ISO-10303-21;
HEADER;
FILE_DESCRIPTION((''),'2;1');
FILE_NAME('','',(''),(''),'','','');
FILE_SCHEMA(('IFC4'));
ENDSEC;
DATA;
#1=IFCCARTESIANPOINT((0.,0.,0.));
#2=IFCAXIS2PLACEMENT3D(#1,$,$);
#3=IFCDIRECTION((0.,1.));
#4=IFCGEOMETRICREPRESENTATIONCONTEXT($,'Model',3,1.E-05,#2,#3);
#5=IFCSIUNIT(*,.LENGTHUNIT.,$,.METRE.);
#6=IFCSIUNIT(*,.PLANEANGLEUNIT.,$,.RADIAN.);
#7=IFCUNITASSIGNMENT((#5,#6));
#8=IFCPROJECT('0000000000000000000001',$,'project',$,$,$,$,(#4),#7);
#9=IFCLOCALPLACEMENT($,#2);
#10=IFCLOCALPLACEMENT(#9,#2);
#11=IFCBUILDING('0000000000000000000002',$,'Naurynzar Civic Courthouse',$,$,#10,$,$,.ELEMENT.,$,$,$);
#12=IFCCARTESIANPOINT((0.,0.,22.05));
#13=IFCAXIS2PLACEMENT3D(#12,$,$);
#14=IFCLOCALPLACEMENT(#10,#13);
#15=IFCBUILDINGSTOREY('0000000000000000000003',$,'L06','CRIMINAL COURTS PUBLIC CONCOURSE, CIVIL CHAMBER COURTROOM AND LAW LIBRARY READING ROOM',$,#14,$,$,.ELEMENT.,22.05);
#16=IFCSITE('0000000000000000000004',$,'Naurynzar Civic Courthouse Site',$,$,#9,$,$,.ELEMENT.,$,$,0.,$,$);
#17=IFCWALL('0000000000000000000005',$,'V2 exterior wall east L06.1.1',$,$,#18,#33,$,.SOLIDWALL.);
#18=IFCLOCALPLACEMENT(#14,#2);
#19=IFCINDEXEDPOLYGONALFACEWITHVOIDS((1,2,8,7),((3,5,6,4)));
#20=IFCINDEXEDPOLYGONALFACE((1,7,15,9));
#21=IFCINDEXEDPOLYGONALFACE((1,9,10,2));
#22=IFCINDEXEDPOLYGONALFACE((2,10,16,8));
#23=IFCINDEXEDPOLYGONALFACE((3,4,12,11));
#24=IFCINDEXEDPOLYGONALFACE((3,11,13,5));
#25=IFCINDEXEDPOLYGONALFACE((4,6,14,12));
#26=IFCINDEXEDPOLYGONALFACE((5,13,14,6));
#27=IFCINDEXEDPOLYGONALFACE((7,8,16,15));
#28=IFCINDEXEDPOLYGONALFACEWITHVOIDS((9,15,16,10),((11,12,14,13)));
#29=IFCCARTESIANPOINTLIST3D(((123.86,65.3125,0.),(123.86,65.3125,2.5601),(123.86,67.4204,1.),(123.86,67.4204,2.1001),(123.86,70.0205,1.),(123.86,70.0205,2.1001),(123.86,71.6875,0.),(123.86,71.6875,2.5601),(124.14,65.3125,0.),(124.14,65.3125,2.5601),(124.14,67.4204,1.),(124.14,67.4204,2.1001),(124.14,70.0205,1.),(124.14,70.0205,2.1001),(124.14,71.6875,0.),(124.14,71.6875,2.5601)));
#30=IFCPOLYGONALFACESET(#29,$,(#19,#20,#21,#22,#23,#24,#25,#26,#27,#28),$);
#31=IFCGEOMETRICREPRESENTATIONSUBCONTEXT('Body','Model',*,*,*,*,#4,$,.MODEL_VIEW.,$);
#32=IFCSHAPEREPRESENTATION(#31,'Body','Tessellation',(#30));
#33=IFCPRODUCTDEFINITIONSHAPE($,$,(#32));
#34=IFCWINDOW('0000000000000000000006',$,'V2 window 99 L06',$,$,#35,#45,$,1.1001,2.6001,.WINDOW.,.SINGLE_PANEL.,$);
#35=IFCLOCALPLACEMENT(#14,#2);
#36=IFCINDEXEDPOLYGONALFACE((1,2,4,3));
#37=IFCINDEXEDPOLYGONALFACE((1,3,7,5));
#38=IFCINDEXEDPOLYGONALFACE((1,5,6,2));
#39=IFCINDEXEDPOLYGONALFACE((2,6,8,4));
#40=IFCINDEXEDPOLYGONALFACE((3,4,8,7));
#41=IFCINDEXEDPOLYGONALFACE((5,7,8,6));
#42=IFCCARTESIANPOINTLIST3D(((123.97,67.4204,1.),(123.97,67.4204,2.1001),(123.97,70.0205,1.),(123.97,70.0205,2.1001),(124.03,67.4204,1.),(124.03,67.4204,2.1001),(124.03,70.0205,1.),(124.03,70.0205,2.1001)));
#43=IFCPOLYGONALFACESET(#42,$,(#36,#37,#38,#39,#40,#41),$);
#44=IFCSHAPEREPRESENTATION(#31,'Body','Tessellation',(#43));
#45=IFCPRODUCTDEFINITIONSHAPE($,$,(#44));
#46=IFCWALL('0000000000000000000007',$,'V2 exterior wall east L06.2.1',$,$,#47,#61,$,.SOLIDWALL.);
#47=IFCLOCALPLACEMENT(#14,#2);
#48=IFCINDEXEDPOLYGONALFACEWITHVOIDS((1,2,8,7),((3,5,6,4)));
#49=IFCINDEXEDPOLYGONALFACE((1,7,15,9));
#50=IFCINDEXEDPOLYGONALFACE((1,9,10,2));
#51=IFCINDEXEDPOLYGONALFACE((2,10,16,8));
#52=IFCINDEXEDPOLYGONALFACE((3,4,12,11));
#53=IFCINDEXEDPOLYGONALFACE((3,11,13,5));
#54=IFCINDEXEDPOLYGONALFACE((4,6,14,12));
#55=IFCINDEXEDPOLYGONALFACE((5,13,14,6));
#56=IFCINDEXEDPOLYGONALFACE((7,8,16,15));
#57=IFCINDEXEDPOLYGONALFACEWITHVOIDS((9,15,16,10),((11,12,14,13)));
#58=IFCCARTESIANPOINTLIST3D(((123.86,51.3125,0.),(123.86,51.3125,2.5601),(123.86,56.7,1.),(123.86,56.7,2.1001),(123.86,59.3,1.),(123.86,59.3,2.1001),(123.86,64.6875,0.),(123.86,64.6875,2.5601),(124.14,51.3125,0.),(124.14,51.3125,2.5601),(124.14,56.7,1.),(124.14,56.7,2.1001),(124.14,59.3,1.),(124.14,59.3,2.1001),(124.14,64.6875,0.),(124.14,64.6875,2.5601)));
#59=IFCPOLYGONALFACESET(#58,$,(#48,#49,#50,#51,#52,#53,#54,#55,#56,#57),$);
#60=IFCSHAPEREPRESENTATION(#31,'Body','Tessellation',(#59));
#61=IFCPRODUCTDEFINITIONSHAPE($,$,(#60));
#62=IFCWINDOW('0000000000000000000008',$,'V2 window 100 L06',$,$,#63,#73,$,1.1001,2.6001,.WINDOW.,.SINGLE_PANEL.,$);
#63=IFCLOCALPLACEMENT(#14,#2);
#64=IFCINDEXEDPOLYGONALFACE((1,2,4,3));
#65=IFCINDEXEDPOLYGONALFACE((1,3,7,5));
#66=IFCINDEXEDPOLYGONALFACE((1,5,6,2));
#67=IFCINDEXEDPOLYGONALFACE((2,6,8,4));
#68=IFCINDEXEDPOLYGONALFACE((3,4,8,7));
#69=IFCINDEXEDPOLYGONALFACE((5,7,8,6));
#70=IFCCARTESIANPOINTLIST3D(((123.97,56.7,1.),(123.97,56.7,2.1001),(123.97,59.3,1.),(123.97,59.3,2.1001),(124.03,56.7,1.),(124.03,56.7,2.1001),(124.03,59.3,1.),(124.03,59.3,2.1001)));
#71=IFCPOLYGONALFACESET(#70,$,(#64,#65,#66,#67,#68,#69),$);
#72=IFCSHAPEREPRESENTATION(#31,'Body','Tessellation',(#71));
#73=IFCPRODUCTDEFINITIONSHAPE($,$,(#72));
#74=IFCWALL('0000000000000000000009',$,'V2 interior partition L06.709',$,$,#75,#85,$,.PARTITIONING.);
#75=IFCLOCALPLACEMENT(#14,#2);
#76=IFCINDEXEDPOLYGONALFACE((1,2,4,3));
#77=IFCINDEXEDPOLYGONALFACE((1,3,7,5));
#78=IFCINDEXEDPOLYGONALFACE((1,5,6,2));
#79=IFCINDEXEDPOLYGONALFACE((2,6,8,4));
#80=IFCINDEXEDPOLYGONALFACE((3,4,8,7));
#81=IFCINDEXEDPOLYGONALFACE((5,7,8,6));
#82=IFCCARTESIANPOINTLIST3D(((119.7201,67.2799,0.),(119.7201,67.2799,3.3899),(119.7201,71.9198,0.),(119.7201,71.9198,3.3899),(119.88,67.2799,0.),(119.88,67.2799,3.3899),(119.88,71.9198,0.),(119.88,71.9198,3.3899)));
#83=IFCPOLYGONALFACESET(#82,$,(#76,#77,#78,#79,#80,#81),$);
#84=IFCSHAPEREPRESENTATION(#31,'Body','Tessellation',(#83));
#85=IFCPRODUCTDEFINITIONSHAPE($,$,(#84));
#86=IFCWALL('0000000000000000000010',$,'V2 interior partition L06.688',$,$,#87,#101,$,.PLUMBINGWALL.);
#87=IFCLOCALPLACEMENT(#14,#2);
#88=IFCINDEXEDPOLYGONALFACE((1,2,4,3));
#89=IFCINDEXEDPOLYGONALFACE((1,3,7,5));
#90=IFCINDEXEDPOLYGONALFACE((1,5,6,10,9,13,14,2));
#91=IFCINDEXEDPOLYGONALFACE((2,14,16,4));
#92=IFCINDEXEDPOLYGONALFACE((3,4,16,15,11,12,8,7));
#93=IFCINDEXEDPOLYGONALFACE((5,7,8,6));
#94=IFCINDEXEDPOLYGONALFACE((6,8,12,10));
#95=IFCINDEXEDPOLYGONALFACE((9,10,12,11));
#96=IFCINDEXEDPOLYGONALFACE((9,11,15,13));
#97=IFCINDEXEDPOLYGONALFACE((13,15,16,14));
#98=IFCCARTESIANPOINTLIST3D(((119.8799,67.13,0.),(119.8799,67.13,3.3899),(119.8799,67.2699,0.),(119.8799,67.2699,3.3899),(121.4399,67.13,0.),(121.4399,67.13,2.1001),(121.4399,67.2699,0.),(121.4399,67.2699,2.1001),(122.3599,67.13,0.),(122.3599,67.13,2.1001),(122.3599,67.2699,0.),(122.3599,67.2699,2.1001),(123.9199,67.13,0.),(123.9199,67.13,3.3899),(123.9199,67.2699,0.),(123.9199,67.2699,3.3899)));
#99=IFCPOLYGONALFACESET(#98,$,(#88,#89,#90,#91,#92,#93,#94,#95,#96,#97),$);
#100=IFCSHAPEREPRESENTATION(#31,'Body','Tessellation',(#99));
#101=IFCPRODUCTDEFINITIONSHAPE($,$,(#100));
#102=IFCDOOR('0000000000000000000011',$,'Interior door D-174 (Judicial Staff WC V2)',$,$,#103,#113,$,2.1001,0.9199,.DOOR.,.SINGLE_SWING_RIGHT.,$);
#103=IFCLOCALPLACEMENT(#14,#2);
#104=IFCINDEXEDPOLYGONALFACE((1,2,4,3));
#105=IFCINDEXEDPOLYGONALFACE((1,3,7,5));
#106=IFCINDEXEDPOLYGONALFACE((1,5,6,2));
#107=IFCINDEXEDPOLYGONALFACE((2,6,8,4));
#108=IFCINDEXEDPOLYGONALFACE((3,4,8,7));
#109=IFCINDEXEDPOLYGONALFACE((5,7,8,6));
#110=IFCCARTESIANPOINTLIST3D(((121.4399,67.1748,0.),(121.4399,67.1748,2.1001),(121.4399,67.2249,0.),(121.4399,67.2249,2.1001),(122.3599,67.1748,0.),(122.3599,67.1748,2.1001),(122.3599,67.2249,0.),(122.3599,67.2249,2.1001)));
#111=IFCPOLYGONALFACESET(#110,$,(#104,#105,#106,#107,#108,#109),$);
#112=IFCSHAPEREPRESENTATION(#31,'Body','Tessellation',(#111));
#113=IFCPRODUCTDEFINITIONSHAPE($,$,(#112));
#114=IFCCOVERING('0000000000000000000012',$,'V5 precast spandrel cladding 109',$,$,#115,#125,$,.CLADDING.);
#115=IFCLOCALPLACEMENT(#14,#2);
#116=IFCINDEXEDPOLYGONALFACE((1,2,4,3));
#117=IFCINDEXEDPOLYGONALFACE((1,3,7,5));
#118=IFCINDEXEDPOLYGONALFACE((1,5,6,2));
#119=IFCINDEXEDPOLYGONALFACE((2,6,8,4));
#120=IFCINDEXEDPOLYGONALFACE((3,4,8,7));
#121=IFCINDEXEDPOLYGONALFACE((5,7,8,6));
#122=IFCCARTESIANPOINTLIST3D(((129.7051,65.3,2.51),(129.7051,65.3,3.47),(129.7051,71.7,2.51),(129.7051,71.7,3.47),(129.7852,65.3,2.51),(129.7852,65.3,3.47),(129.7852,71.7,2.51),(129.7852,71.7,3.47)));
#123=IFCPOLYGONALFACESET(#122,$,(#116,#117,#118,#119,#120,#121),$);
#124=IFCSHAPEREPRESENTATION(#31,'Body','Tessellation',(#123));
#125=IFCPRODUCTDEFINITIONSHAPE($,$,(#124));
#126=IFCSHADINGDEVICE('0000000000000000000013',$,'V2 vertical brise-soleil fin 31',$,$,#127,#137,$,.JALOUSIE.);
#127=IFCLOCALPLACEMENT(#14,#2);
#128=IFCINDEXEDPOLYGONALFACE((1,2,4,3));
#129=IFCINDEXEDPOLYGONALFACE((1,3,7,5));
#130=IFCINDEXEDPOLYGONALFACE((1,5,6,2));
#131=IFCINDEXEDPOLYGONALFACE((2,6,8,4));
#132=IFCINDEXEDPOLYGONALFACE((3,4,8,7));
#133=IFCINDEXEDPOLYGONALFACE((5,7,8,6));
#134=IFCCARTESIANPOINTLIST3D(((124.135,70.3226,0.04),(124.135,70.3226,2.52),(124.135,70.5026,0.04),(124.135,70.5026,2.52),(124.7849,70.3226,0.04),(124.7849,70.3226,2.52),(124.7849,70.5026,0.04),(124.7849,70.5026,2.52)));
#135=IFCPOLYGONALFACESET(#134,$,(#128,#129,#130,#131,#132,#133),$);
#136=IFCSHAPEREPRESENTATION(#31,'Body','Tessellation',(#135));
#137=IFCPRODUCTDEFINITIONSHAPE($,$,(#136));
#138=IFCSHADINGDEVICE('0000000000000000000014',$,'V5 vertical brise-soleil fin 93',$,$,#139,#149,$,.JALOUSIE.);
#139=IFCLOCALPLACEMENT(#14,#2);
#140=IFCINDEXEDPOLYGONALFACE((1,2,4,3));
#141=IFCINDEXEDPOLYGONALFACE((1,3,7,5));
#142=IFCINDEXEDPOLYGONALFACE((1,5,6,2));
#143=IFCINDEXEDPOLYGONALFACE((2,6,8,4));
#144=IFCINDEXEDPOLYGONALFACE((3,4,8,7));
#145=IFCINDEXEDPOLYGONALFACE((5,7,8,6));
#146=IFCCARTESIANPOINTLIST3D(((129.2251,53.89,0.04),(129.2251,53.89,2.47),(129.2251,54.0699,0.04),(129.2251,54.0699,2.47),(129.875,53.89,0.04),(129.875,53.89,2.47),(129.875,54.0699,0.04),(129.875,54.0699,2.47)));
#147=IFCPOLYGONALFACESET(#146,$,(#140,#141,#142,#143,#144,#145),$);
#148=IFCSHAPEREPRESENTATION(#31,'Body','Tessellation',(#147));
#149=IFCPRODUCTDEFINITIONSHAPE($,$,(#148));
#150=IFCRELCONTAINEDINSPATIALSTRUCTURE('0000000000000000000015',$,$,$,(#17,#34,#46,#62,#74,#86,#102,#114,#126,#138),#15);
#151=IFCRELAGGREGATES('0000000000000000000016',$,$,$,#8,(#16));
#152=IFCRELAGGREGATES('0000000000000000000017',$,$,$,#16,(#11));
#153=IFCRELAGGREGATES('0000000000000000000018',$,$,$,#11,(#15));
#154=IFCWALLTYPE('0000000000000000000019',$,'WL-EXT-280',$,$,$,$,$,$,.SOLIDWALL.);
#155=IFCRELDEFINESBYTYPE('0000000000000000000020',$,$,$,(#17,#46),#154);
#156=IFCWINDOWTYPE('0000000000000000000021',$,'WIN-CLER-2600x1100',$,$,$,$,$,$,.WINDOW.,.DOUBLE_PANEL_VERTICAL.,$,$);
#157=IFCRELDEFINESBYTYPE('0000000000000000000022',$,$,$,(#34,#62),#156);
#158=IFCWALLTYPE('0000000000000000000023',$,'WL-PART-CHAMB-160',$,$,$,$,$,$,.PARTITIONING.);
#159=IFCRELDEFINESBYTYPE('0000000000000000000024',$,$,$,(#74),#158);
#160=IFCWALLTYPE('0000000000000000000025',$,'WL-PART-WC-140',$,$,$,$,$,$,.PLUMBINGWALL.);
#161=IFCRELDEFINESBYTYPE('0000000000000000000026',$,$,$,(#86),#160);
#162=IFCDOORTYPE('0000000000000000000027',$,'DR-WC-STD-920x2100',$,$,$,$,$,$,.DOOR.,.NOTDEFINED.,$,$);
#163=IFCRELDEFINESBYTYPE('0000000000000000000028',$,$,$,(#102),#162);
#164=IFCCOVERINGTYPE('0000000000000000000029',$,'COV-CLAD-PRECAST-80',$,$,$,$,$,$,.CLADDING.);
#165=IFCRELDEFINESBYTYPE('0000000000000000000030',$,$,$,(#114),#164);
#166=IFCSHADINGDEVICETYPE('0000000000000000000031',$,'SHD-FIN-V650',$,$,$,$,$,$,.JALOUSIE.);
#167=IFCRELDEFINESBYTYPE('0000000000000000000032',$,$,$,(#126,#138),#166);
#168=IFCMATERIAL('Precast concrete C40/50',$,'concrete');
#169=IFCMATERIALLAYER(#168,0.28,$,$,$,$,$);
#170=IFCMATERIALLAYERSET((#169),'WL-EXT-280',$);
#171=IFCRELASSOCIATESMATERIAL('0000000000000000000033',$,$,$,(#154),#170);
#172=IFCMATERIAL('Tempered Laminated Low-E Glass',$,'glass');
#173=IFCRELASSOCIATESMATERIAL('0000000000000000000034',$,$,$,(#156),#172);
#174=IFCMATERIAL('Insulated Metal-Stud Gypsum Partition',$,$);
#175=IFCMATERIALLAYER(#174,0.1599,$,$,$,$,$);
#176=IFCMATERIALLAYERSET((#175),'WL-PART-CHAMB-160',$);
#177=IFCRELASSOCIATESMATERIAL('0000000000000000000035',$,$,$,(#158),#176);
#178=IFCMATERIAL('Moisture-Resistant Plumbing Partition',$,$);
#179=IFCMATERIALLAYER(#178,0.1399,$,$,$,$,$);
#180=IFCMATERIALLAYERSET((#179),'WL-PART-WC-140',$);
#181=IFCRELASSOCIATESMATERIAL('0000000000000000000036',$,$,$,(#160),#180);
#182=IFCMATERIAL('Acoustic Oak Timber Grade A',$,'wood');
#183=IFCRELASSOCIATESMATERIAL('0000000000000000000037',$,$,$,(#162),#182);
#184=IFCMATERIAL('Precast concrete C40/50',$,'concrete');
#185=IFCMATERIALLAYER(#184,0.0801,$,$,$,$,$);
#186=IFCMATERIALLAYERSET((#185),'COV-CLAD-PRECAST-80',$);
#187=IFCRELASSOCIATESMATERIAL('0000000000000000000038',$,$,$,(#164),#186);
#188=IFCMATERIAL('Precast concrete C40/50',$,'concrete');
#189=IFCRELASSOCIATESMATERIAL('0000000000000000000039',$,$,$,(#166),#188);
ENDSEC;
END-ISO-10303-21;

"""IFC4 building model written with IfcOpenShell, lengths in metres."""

from ifc_helpers import new_model, si_unit, direction, frame, frame_2d, origin, origin_2d, place, context, subcontext, project, spatial, rectangle, extrude, material, layer, layer_set, type_object, element, fill, save


model = new_model("IFC4")

# Units and contexts
model_context = context("Model", 3, precision=1e-05, world=origin(), true_north=direction((0.0, 1.0)))
body_context = subcontext(model_context, "Body", "Model", "MODEL_VIEW")
ifc_project = project(units=[si_unit("LENGTHUNIT", "METRE"), si_unit("PLANEANGLEUNIT", "RADIAN")], contexts=[model_context])

# Site, building, storey
site_placement = place(None, origin())
site = spatial("IfcSite", under=ifc_project, at=site_placement, Name="Naurynzar Civic Courthouse Site", CompositionType="ELEMENT", RefElevation=0.0)
building_placement = place(site_placement, origin())
building = spatial("IfcBuilding", under=site, at=building_placement, Name="Naurynzar Civic Courthouse", CompositionType="ELEMENT")
storey_placement = place(building_placement, frame((0.0, 0.0, 22.05)))
storey = spatial("IfcBuildingStorey", under=building, at=storey_placement, Name="L06", Description="CRIMINAL COURTS PUBLIC CONCOURSE, CIVIL CHAMBER COURTROOM AND LAW LIBRARY READING ROOM", CompositionType="ELEMENT", Elevation=22.05)

# Walls, openings, windows
ifc_material_1 = material(Name="Precast concrete C40/50", Category="concrete")
ifc_layer_1 = layer(ifc_material_1, 0.28)
ifc_layer_set_1 = layer_set([ifc_layer_1], Name="WL-EXT-280")
wall_type_1 = type_object("IfcWallType", Name="WL-EXT-280", PredefinedType="SOLIDWALL", material=ifc_layer_set_1)
wall_1_placement = place(storey_placement, frame((124.0, 71.6875, 0.0), z_axis=(0.0, 0.0, 1.0), x_axis=(0.0, -1.0, 0.0)))
wall_1 = element("IfcWall", 1, at=wall_1_placement, inside=storey, type_object=wall_type_1, Name="V2 exterior wall east L06.1.1", PredefinedType="SOLIDWALL", context=body_context, shape_type="SweptSolid", body=[
    extrude(rectangle(XDim=6.375, YDim=0.28, at=frame_2d((3.1875, 0.0))), origin(), (0.0, 0.0, 1.0), 2.5601),
])
opening_1_placement = place(wall_1_placement, frame((1.667, 0.0, 1.0)))
opening_1 = element("IfcOpeningElement", 2, at=opening_1_placement, cuts=wall_1, PredefinedType="OPENING", context=body_context, shape_type="SweptSolid", body=[
    extrude(rectangle(XDim=2.6001, YDim=1.1001, at=frame_2d((1.3, 0.55))), frame((0.0, 0.1499, 0.0), z_axis=(0.0, -1.0, 0.0), x_axis=(1.0, 0.0, 0.0)), (0.0, 0.0, 1.0), 0.3),
])
ifc_material_2 = material(Name="Tempered Laminated Low-E Glass", Category="glass")
window_type = type_object("IfcWindowType", Name="WIN-CLER-2600x1100", PartitioningType="DOUBLE_PANEL_VERTICAL", PredefinedType="WINDOW", material=ifc_material_2)
window_1_placement = place(opening_1_placement, origin())
window_1 = element("IfcWindow", 3, at=window_1_placement, inside=storey, type_object=window_type, Name="V2 window 99 L06", OverallHeight=1.1001, OverallWidth=2.6001, PartitioningType="SINGLE_PANEL", PredefinedType="WINDOW", context=body_context, shape_type="SweptSolid", body=[
    extrude(rectangle(XDim=2.6001, YDim=1.1001, at=frame_2d((1.3, 0.55))), frame((0.0, 0.03, 0.0), z_axis=(0.0, -1.0, 0.0), x_axis=(1.0, 0.0, 0.0)), (0.0, 0.0, 1.0), 0.0601),
])
fill(opening_1, window_1)
wall_2_placement = place(storey_placement, frame((124.0, 64.6875, 0.0), z_axis=(0.0, 0.0, 1.0), x_axis=(0.0, -1.0, 0.0)))
wall_2 = element("IfcWall", 4, at=wall_2_placement, inside=storey, type_object=wall_type_1, Name="V2 exterior wall east L06.2.1", PredefinedType="SOLIDWALL", context=body_context, shape_type="SweptSolid", body=[
    extrude(rectangle(XDim=13.375, YDim=0.28, at=frame_2d((6.6875, 0.0))), origin(), (0.0, 0.0, 1.0), 2.5601),
])
opening_2_placement = place(wall_2_placement, frame((5.3875, 0.0, 1.0)))
opening_2 = element("IfcOpeningElement", 5, at=opening_2_placement, cuts=wall_2, PredefinedType="OPENING", context=body_context, shape_type="SweptSolid", body=[
    extrude(rectangle(XDim=2.6001, YDim=1.1001, at=frame_2d((1.3, 0.55))), frame((0.0, 0.1499, 0.0), z_axis=(0.0, -1.0, 0.0), x_axis=(1.0, 0.0, 0.0)), (0.0, 0.0, 1.0), 0.3),
])
window_2_placement = place(opening_2_placement, origin())
window_2 = element("IfcWindow", 6, at=window_2_placement, inside=storey, type_object=window_type, Name="V2 window 100 L06", OverallHeight=1.1001, OverallWidth=2.6001, PartitioningType="SINGLE_PANEL", PredefinedType="WINDOW", context=body_context, shape_type="SweptSolid", body=[
    extrude(rectangle(XDim=2.6001, YDim=1.1001, at=frame_2d((1.3, 0.55))), frame((0.0, 0.03, 0.0), z_axis=(0.0, -1.0, 0.0), x_axis=(1.0, 0.0, 0.0)), (0.0, 0.0, 1.0), 0.0601),
])
fill(opening_2, window_2)

# Wall
ifc_material_3 = material(Name="Insulated Metal-Stud Gypsum Partition")
ifc_layer_2 = layer(ifc_material_3, 0.1599)
ifc_layer_set_2 = layer_set([ifc_layer_2], Name="WL-PART-CHAMB-160")
wall_type_2 = type_object("IfcWallType", Name="WL-PART-CHAMB-160", PredefinedType="PARTITIONING", material=ifc_layer_set_2)
wall_3_placement = place(storey_placement, frame((119.8, 67.28, 0.0), z_axis=(0.0, 0.0, 1.0), x_axis=(0.0, 1.0, 0.0)))
element("IfcWall", 7, at=wall_3_placement, inside=storey, type_object=wall_type_2, Name="V2 interior partition L06.709", PredefinedType="PARTITIONING", context=body_context, shape_type="SweptSolid", body=[
    extrude(rectangle(XDim=4.6399, YDim=0.1599, at=frame_2d((2.3198, 0.0))), origin(), (0.0, 0.0, 1.0), 3.3899),
])

# Wall, opening, door
ifc_material_4 = material(Name="Moisture-Resistant Plumbing Partition")
ifc_layer_3 = layer(ifc_material_4, 0.1399)
ifc_layer_set_3 = layer_set([ifc_layer_3], Name="WL-PART-WC-140")
wall_type_3 = type_object("IfcWallType", Name="WL-PART-WC-140", PredefinedType="PLUMBINGWALL", material=ifc_layer_set_3)
wall_4_placement = place(storey_placement, frame((119.8799, 67.2, 0.0), z_axis=(0.0, 0.0, 1.0), x_axis=(1.0, 0.0, 0.0)))
wall_4 = element("IfcWall", 8, at=wall_4_placement, inside=storey, type_object=wall_type_3, Name="V2 interior partition L06.688", PredefinedType="PLUMBINGWALL", context=body_context, shape_type="SweptSolid", body=[
    extrude(rectangle(XDim=4.04, YDim=0.1399, at=frame_2d((2.02, 0.0))), origin(), (0.0, 0.0, 1.0), 3.3899),
])
opening_3_placement = place(wall_4_placement, frame((1.5601, 0.0, 0.0)))
opening_3 = element("IfcOpeningElement", 9, at=opening_3_placement, cuts=wall_4, PredefinedType="OPENING", context=body_context, shape_type="SweptSolid", body=[
    extrude(rectangle(XDim=0.9199, YDim=2.1001, at=frame_2d((0.46, 1.05))), frame((0.0, 0.0798, 0.0), z_axis=(0.0, -1.0, 0.0), x_axis=(1.0, 0.0, 0.0)), (0.0, 0.0, 1.0), 0.1599),
])
ifc_material_5 = material(Name="Acoustic Oak Timber Grade A", Category="wood")
door_type = type_object("IfcDoorType", Name="DR-WC-STD-920x2100", OperationType="NOTDEFINED", PredefinedType="DOOR", material=ifc_material_5)
door_placement = place(opening_3_placement, origin())
door = element("IfcDoor", 10, at=door_placement, inside=storey, type_object=door_type, Name="Interior door D-174 (Judicial Staff WC V2)", OperationType="SINGLE_SWING_RIGHT", OverallHeight=2.1001, OverallWidth=0.9199, PredefinedType="DOOR", context=body_context, shape_type="SweptSolid", body=[
    extrude(rectangle(XDim=0.9199, YDim=2.1001, at=frame_2d((0.46, 1.05))), frame((0.0, 0.0249, 0.0), z_axis=(0.0, -1.0, 0.0), x_axis=(1.0, 0.0, 0.0)), (0.0, 0.0, 1.0), 0.05),
])
fill(opening_3, door)

# Covering
ifc_material_6 = material(Name="Precast concrete C40/50", Category="concrete")
ifc_layer_4 = layer(ifc_material_6, 0.0801)
ifc_layer_set_4 = layer_set([ifc_layer_4], Name="COV-CLAD-PRECAST-80")
covering_type = type_object("IfcCoveringType", Name="COV-CLAD-PRECAST-80", PredefinedType="CLADDING", material=ifc_layer_set_4)
covering_placement = place(storey_placement, frame((129.7451, 68.5, 2.51), z_axis=(0.0, 0.0, 1.0), x_axis=(0.0, 1.0, 0.0)))
element("IfcCovering", 11, at=covering_placement, inside=storey, type_object=covering_type, Name="V5 precast spandrel cladding 109", PredefinedType="CLADDING", context=body_context, shape_type="SweptSolid", body=[
    extrude(rectangle(XDim=6.3999, YDim=0.0801, at=origin_2d()), origin(), (0.0, 0.0, 1.0), 0.96),
])

# Shading devices
ifc_material_7 = material(Name="Precast concrete C40/50", Category="concrete")
shading_device_type = type_object("IfcShadingDeviceType", Name="SHD-FIN-V650", PredefinedType="JALOUSIE", material=ifc_material_7)
shading_device_1_placement = place(storey_placement, frame((124.46, 70.4126, 0.04), z_axis=(0.0, 0.0, 1.0), x_axis=(0.0, -1.0, 0.0)))
element("IfcShadingDevice", 12, at=shading_device_1_placement, inside=storey, type_object=shading_device_type, Name="V2 vertical brise-soleil fin 31", PredefinedType="JALOUSIE", context=body_context, shape_type="SweptSolid", body=[
    extrude(rectangle(XDim=0.1799, YDim=0.6499, at=origin_2d()), origin(), (0.0, 0.0, 1.0), 2.48),
])
shading_device_2_placement = place(storey_placement, frame((129.55, 53.98, 0.04), z_axis=(0.0, 0.0, 1.0), x_axis=(0.0, 1.0, 0.0)))
element("IfcShadingDevice", 13, at=shading_device_2_placement, inside=storey, type_object=shading_device_type, Name="V5 vertical brise-soleil fin 93", PredefinedType="JALOUSIE", context=body_context, shape_type="SweptSolid", body=[
    extrude(rectangle(XDim=0.1799, YDim=0.6499, at=origin_2d()), origin(), (0.0, 0.0, 1.0), 2.4299),
])

save(model, "model.ifc")
